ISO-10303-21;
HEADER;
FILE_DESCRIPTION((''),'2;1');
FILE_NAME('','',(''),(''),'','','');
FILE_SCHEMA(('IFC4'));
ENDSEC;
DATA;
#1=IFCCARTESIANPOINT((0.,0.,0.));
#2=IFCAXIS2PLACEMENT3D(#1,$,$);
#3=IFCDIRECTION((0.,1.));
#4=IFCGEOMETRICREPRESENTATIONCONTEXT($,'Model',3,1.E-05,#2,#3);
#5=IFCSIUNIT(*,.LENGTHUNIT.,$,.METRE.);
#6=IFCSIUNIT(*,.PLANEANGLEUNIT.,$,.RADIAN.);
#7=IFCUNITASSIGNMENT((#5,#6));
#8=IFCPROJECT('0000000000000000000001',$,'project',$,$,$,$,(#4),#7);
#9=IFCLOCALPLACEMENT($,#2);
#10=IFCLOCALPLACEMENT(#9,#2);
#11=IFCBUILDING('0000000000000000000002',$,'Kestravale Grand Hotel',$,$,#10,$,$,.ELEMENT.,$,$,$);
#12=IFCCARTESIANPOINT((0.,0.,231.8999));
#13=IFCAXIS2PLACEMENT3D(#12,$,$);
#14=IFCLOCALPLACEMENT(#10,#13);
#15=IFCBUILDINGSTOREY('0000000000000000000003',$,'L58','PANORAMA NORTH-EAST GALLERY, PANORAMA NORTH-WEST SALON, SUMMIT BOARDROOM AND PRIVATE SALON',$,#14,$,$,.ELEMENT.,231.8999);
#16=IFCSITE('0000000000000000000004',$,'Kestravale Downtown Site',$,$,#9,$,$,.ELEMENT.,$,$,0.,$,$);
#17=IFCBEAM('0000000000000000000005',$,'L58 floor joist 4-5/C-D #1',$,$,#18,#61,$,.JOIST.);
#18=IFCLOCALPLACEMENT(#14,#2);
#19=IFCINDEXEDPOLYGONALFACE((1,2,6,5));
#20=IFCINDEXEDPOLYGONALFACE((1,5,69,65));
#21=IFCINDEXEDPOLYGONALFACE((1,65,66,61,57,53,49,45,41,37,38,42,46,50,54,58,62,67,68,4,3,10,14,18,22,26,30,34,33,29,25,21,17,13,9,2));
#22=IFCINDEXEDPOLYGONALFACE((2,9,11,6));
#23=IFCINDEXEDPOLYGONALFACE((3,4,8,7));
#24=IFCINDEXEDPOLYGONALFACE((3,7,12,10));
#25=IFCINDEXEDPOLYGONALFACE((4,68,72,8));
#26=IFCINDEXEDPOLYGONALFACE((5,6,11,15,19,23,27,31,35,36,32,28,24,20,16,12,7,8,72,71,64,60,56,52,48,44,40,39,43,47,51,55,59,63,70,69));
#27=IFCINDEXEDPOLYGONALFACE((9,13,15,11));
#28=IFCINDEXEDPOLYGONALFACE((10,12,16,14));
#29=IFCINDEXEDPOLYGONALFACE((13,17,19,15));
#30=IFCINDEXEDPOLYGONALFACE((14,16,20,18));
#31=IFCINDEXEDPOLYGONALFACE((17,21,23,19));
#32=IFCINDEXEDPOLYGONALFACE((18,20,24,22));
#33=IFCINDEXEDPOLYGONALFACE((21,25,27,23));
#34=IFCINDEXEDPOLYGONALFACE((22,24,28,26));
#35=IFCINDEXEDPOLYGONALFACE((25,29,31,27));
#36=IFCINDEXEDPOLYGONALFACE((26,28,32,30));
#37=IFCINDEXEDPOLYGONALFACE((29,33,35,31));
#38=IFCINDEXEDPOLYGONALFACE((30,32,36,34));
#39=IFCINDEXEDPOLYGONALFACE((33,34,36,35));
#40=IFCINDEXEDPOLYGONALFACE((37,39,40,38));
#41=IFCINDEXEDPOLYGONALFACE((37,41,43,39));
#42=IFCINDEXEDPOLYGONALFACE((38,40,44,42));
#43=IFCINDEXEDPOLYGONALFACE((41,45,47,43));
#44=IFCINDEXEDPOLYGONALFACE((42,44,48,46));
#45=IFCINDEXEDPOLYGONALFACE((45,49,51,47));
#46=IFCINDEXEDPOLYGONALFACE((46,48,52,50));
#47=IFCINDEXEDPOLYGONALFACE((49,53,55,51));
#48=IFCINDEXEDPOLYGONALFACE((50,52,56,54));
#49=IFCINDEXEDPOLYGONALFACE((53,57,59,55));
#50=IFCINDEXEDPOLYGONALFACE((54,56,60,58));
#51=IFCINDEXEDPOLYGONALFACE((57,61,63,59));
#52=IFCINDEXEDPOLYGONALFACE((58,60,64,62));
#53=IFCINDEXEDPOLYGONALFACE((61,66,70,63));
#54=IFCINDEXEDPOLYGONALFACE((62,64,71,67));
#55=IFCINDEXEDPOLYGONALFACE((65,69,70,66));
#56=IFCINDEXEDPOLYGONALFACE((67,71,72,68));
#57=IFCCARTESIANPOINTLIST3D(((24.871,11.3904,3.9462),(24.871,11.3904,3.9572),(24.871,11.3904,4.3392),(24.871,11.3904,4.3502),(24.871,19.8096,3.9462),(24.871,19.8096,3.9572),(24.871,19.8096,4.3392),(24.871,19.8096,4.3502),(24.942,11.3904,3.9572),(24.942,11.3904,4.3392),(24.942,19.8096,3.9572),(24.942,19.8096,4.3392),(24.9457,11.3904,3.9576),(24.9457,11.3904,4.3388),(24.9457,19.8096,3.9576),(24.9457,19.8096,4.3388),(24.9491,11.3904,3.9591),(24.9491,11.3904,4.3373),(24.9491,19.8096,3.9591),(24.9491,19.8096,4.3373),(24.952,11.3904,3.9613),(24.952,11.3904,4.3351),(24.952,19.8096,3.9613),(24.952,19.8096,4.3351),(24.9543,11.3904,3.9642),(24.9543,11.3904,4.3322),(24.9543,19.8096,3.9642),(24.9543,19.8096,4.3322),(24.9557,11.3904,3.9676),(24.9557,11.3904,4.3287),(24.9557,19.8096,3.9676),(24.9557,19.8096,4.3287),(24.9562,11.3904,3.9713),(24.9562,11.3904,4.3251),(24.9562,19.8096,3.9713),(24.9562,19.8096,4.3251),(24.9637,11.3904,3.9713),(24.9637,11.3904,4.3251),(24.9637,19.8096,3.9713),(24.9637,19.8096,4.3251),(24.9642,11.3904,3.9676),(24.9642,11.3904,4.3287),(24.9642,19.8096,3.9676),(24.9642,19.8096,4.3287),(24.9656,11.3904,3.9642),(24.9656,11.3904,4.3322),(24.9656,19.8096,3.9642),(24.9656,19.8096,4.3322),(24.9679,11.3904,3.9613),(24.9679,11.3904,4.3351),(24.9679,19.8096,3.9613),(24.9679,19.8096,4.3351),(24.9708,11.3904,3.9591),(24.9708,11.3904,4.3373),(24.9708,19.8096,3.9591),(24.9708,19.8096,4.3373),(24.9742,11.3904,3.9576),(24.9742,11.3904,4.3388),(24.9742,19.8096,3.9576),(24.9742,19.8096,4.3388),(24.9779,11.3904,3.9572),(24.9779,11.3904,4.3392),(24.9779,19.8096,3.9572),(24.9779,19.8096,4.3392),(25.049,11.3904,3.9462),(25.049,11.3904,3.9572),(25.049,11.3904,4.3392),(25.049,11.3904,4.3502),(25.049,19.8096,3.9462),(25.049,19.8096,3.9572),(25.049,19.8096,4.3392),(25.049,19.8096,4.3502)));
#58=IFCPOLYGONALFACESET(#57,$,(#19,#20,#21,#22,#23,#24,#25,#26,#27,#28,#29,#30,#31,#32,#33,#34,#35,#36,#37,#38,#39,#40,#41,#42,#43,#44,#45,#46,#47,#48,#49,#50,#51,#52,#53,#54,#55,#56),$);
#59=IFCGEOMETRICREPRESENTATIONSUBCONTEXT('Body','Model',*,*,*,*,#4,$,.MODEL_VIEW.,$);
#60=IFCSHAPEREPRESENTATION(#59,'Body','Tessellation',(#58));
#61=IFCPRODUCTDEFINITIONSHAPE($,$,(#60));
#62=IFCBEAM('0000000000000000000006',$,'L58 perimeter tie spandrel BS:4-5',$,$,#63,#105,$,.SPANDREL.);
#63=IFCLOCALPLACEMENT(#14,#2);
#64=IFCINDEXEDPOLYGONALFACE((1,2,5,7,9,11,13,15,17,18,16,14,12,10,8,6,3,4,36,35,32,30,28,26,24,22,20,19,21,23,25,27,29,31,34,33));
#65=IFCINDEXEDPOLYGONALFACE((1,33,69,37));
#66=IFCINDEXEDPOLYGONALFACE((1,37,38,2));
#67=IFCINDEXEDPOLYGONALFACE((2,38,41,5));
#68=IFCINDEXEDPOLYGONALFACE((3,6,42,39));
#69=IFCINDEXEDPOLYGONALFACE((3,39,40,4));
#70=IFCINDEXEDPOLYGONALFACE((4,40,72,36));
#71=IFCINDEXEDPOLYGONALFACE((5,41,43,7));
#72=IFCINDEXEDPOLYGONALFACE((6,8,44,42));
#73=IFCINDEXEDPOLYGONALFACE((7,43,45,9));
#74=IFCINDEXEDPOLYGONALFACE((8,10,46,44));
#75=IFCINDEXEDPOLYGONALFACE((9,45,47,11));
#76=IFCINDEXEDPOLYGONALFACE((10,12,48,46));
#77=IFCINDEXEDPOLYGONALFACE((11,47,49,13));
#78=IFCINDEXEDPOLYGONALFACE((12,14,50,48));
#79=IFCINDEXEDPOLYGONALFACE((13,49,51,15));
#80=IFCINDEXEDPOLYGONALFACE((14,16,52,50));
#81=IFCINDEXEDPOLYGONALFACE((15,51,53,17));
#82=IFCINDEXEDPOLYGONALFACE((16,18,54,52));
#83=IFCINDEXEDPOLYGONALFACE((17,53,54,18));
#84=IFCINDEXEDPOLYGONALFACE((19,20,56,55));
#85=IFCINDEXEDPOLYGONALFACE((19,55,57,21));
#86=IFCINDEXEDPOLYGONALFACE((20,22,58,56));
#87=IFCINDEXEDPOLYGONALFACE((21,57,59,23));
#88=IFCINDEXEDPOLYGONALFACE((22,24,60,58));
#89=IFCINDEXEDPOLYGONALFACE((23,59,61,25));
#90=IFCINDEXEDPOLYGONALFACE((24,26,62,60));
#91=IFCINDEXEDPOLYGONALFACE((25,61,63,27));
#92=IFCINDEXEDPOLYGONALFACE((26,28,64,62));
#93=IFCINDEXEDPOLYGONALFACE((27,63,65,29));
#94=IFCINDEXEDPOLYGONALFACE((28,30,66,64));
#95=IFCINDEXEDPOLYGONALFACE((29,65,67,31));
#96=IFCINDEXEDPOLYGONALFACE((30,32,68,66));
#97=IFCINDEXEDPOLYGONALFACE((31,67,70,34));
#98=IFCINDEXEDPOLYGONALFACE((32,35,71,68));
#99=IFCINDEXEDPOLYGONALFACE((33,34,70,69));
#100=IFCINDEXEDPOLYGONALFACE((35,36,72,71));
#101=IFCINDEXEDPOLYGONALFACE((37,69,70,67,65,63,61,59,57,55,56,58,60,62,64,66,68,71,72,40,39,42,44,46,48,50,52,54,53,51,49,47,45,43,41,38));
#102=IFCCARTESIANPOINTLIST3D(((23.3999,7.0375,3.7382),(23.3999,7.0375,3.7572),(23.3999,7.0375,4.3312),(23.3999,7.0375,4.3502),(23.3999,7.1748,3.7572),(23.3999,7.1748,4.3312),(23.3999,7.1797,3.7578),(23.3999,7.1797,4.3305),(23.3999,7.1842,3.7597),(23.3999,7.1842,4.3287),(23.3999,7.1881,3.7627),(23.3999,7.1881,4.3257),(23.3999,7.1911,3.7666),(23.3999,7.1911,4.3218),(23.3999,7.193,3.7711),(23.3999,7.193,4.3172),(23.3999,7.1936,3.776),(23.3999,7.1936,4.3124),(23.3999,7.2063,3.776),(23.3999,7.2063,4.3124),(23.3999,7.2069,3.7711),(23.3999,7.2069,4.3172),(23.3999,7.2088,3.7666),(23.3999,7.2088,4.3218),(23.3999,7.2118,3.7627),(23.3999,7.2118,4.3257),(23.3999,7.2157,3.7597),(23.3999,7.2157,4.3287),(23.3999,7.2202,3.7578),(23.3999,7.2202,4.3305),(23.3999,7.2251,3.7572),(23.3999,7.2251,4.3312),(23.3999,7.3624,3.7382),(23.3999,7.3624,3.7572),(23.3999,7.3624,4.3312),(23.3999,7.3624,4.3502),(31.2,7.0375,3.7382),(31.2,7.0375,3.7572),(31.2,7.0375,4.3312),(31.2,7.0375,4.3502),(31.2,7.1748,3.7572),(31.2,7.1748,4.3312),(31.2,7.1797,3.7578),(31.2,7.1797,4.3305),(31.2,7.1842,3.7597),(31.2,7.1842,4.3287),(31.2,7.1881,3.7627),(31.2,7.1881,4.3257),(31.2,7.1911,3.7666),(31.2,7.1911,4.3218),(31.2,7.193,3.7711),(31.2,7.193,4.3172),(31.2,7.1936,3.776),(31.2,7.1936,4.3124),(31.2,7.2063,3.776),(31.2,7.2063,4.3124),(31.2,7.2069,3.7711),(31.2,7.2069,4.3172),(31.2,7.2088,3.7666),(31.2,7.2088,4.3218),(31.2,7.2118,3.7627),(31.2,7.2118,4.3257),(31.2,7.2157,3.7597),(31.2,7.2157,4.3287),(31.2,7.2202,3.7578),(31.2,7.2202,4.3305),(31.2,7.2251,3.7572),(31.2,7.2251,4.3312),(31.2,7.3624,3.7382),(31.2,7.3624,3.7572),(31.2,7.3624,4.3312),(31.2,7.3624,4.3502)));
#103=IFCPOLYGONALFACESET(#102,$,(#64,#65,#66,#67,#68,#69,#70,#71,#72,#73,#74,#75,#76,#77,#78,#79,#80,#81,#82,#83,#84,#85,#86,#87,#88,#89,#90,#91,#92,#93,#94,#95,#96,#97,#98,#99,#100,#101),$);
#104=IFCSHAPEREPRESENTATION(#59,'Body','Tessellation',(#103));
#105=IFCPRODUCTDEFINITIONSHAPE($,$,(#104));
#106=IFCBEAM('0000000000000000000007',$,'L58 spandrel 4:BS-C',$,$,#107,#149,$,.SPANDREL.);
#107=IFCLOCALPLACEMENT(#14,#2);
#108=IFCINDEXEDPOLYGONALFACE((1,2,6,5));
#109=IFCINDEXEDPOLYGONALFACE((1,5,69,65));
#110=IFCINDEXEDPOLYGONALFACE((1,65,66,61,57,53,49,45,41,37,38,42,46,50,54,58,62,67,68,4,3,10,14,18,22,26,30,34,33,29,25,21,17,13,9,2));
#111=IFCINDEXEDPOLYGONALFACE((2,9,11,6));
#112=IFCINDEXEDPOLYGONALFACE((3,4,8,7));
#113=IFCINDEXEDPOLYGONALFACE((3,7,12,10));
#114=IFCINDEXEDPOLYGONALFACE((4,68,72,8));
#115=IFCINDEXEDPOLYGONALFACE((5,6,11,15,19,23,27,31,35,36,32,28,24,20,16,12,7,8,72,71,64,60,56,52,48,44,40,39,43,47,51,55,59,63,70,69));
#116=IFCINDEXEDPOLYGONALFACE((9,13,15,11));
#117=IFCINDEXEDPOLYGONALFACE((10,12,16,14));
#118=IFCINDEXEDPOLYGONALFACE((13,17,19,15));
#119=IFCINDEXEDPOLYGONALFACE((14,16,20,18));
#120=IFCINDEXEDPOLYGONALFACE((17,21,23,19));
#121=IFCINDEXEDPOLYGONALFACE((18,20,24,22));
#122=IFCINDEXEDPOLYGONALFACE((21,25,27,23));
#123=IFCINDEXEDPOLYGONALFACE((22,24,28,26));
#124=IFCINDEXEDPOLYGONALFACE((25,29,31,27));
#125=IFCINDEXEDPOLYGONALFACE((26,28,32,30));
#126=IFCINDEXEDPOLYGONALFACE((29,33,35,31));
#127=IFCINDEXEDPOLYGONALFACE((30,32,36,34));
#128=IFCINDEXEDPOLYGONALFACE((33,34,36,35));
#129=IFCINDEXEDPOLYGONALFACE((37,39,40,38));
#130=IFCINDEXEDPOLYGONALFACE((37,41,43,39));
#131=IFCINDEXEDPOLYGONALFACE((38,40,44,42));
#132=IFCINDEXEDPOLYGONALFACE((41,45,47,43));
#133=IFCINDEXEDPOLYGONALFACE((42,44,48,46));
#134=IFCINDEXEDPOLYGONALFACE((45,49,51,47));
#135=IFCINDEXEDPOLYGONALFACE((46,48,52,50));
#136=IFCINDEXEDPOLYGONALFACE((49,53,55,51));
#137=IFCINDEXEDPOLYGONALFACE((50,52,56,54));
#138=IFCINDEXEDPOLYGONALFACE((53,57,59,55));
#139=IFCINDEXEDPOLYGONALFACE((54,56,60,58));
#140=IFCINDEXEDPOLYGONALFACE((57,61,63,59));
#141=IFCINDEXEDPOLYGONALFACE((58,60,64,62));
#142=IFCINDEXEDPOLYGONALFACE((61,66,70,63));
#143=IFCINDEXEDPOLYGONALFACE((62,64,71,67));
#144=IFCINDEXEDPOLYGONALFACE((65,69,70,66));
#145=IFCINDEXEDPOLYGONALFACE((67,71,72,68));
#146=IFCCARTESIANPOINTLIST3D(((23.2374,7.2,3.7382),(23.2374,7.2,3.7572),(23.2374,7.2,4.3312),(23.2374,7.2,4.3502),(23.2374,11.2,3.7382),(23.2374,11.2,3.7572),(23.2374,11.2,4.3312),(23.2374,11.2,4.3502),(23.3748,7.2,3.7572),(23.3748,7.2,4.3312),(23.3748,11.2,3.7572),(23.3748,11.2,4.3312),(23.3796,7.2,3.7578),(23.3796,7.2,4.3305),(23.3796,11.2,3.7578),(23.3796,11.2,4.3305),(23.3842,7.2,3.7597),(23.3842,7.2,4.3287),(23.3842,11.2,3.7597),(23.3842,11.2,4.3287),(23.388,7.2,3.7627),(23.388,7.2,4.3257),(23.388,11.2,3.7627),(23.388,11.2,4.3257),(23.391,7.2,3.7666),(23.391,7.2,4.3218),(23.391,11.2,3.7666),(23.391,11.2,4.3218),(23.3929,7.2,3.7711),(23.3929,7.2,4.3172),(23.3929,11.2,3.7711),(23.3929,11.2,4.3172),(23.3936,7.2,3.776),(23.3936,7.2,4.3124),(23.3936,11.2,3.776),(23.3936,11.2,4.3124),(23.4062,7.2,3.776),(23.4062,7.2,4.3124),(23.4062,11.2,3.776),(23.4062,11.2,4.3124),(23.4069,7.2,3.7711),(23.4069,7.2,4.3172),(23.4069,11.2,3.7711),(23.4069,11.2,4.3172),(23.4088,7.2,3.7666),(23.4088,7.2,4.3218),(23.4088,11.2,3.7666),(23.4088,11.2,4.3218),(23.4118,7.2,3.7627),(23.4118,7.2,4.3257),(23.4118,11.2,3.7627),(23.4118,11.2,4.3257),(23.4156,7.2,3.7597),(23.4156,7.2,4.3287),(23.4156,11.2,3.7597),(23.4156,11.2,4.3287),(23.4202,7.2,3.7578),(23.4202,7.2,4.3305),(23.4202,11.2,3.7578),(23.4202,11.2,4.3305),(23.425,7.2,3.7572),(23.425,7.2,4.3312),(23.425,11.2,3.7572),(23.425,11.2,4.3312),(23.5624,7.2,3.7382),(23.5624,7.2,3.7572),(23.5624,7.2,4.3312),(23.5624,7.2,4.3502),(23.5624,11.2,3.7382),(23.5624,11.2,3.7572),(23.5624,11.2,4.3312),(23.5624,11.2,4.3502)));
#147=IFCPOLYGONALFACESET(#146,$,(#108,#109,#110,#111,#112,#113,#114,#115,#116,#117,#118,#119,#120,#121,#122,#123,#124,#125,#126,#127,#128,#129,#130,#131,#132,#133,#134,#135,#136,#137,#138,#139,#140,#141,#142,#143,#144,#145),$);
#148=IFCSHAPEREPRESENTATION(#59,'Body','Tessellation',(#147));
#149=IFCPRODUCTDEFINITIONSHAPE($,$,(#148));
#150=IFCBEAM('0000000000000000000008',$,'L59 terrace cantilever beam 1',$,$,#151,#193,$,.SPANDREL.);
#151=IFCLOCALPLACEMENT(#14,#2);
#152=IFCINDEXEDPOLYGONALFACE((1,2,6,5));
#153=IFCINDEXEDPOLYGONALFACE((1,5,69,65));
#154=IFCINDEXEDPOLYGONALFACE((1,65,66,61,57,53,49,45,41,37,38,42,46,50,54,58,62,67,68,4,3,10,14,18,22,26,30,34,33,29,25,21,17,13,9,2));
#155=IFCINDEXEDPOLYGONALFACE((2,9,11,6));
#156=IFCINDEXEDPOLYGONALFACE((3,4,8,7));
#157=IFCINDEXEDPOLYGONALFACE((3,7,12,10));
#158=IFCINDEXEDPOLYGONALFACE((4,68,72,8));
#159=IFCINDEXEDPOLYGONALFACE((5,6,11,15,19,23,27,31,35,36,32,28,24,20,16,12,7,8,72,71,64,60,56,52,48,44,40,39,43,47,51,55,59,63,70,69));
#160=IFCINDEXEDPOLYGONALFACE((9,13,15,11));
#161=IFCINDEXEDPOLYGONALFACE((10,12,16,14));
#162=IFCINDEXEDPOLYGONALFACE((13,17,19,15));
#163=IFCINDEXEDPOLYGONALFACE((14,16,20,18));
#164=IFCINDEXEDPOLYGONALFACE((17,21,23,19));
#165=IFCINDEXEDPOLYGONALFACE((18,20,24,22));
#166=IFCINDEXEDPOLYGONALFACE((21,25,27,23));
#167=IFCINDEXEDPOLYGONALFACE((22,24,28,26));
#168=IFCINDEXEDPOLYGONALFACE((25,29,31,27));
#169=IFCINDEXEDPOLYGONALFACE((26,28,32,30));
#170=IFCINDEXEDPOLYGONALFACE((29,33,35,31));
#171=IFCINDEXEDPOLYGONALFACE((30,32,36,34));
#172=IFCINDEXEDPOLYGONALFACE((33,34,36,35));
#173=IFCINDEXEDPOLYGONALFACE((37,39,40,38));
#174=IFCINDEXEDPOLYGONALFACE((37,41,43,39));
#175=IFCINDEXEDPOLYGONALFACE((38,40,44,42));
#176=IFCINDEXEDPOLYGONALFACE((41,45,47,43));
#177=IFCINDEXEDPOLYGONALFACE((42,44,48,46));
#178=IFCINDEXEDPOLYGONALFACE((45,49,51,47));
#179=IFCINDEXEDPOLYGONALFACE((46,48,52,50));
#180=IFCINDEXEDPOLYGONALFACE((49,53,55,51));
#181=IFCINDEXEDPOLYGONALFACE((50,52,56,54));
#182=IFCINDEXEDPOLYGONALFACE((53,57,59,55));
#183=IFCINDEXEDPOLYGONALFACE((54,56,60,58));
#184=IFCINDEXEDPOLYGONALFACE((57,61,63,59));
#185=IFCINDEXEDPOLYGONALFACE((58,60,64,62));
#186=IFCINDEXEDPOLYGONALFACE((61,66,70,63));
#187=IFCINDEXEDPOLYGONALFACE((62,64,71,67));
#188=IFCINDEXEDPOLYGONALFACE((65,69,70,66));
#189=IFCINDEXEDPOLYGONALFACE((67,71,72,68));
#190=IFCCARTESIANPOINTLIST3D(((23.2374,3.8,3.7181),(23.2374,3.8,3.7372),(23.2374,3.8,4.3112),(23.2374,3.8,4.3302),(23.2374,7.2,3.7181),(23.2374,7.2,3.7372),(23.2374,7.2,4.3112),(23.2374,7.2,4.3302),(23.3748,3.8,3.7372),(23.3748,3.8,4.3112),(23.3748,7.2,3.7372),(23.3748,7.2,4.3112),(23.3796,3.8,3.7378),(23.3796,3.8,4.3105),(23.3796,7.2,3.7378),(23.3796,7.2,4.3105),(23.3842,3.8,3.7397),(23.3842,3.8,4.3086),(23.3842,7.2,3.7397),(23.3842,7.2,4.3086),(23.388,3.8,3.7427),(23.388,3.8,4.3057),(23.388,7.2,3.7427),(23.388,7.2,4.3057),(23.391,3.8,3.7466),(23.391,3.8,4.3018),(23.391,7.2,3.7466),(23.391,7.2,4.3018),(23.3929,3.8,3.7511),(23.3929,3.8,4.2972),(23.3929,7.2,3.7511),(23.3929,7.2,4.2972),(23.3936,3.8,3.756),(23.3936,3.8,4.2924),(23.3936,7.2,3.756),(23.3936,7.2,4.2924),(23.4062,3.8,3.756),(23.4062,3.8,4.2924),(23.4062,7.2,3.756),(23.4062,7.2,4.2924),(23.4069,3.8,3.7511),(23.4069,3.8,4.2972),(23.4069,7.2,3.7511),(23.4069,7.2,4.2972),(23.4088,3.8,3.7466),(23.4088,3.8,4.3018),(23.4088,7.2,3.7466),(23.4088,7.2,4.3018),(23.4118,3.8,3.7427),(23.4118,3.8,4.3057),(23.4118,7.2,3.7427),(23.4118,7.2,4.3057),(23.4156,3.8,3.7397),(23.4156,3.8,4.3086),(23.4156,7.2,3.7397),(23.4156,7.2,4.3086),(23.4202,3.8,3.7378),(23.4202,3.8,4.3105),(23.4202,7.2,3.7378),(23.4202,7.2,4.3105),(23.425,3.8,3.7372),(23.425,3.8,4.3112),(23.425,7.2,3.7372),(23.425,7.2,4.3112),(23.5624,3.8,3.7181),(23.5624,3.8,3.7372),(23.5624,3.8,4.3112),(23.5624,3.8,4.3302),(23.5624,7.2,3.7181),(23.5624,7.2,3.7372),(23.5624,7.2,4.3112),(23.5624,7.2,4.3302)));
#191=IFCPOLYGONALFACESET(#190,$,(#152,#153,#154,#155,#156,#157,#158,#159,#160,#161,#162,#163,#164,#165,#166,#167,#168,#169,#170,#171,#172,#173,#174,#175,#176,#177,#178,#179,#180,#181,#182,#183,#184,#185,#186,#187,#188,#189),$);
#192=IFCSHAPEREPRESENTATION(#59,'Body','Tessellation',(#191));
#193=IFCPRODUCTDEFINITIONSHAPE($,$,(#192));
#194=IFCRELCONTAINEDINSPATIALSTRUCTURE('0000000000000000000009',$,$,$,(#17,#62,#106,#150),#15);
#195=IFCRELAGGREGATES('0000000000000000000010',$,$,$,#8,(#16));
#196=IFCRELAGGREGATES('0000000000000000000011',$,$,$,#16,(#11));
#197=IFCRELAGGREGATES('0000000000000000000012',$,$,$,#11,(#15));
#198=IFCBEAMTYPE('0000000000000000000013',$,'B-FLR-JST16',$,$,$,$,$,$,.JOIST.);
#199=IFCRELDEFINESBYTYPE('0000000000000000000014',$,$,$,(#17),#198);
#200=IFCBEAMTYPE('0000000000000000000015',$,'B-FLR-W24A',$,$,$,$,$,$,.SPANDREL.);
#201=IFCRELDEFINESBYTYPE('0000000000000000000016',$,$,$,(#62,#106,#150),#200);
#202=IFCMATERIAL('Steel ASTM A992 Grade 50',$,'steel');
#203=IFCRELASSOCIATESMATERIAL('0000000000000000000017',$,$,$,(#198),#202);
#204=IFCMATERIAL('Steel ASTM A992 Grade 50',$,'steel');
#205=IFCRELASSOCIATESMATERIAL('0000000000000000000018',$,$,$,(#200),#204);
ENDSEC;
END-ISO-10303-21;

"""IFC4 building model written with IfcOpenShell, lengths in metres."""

from ifc_helpers import new_model, si_unit, direction, frame, origin, origin_2d, place, context, subcontext, project, spatial, i_section, extrude, material, material_profile, profile_set, type_object, element, save


model = new_model("IFC4")

# Units and contexts
model_context = context("Model", 3, precision=1e-05, world=origin(), true_north=direction((0.0, 1.0)))
body_context = subcontext(model_context, "Body", "Model", "MODEL_VIEW")
ifc_project = project(units=[si_unit("LENGTHUNIT", "METRE"), si_unit("PLANEANGLEUNIT", "RADIAN")], contexts=[model_context])

# Site, building, storey
site_placement = place(None, origin())
site = spatial("IfcSite", under=ifc_project, at=site_placement, Name="Kestravale Downtown Site", CompositionType="ELEMENT", RefElevation=0.0)
building_placement = place(site_placement, origin())
building = spatial("IfcBuilding", under=site, at=building_placement, Name="Kestravale Grand Hotel", CompositionType="ELEMENT")
storey_placement = place(building_placement, frame((0.0, 0.0, 231.8999)))
storey = spatial("IfcBuildingStorey", under=building, at=storey_placement, Name="L58", Description="PANORAMA NORTH-EAST GALLERY, PANORAMA NORTH-WEST SALON, SUMMIT BOARDROOM AND PRIVATE SALON", CompositionType="ELEMENT", Elevation=231.8999)

# Beams
ifc_material_1 = material(Name="Steel ASTM A992 Grade 50", Category="steel")
ifc_material_profile_1 = material_profile(ifc_material_1, i_section(OverallWidth=0.178, OverallDepth=0.4041, WebThickness=0.0076, FlangeThickness=0.011, FilletRadius=0.0142, at=origin_2d()))
ifc_profile_set_1 = profile_set([ifc_material_profile_1], Name="Steel ASTM A992 Grade 50")
beam_type_1 = type_object("IfcBeamType", Name="B-FLR-JST16", PredefinedType="JOIST", material=ifc_profile_set_1)
for number, where, z_axis, x_axis, name in (
    (1, (24.96, 11.3904, 4.1482), (0.0, 1.0, 0.0), (-1.0, 0.0, 0.0), "L58 floor joist 4-5/C-D #1"),
):
    element("IfcBeam", number, at=place(storey_placement, frame(where, z_axis=z_axis, x_axis=x_axis)), inside=storey, type_object=beam_type_1, Name=name, PredefinedType="JOIST", context=body_context, shape_type="SweptSolid", body=[
        extrude(i_section(OverallWidth=0.178, OverallDepth=0.4041, WebThickness=0.0076, FlangeThickness=0.011, FilletRadius=0.0142, at=origin_2d()), origin(), (0.0, 0.0, 1.0), 8.4192),
    ])
ifc_material_2 = material(Name="Steel ASTM A992 Grade 50", Category="steel")
ifc_material_profile_2 = material_profile(ifc_material_2, i_section(OverallWidth=0.325, OverallDepth=0.6121, WebThickness=0.0127, FlangeThickness=0.019, FilletRadius=0.0188, at=origin_2d()))
ifc_profile_set_2 = profile_set([ifc_material_profile_2], Name="Steel ASTM A992 Grade 50")
beam_type_2 = type_object("IfcBeamType", Name="B-FLR-W24A", PredefinedType="SPANDREL", material=ifc_profile_set_2)
beam_1_placement = place(storey_placement, frame((23.3999, 7.2, 4.0442), z_axis=(1.0, 0.0, 0.0), x_axis=(0.0, 1.0, 0.0)))
element("IfcBeam", 2, at=beam_1_placement, inside=storey, type_object=beam_type_2, Name="L58 perimeter tie spandrel BS:4-5", PredefinedType="SPANDREL", context=body_context, shape_type="SweptSolid", body=[
    extrude(i_section(OverallWidth=0.325, OverallDepth=0.6121, WebThickness=0.0127, FlangeThickness=0.019, FilletRadius=0.0188, at=origin_2d()), origin(), (0.0, 0.0, 1.0), 7.8),
])
beam_2_placement = place(storey_placement, frame((23.3999, 7.2, 4.0442), z_axis=(0.0, 1.0, 0.0), x_axis=(-1.0, 0.0, 0.0)))
element("IfcBeam", 3, at=beam_2_placement, inside=storey, type_object=beam_type_2, Name="L58 spandrel 4:BS-C", PredefinedType="SPANDREL", context=body_context, shape_type="SweptSolid", body=[
    extrude(i_section(OverallWidth=0.325, OverallDepth=0.6121, WebThickness=0.0127, FlangeThickness=0.019, FilletRadius=0.0188, at=origin_2d()), origin(), (0.0, 0.0, 1.0), 4.0),
])
beam_3_placement = place(storey_placement, frame((23.3999, 7.2, 4.0242), z_axis=(0.0, -1.0, 0.0), x_axis=(1.0, 0.0, 0.0)))
element("IfcBeam", 4, at=beam_3_placement, inside=storey, type_object=beam_type_2, Name="L59 terrace cantilever beam 1", PredefinedType="SPANDREL", context=body_context, shape_type="SweptSolid", body=[
    extrude(i_section(OverallWidth=0.325, OverallDepth=0.6121, WebThickness=0.0127, FlangeThickness=0.019, FilletRadius=0.0188, at=origin_2d()), origin(), (0.0, 0.0, 1.0), 3.3999),
])

save(model, "model.ifc")
